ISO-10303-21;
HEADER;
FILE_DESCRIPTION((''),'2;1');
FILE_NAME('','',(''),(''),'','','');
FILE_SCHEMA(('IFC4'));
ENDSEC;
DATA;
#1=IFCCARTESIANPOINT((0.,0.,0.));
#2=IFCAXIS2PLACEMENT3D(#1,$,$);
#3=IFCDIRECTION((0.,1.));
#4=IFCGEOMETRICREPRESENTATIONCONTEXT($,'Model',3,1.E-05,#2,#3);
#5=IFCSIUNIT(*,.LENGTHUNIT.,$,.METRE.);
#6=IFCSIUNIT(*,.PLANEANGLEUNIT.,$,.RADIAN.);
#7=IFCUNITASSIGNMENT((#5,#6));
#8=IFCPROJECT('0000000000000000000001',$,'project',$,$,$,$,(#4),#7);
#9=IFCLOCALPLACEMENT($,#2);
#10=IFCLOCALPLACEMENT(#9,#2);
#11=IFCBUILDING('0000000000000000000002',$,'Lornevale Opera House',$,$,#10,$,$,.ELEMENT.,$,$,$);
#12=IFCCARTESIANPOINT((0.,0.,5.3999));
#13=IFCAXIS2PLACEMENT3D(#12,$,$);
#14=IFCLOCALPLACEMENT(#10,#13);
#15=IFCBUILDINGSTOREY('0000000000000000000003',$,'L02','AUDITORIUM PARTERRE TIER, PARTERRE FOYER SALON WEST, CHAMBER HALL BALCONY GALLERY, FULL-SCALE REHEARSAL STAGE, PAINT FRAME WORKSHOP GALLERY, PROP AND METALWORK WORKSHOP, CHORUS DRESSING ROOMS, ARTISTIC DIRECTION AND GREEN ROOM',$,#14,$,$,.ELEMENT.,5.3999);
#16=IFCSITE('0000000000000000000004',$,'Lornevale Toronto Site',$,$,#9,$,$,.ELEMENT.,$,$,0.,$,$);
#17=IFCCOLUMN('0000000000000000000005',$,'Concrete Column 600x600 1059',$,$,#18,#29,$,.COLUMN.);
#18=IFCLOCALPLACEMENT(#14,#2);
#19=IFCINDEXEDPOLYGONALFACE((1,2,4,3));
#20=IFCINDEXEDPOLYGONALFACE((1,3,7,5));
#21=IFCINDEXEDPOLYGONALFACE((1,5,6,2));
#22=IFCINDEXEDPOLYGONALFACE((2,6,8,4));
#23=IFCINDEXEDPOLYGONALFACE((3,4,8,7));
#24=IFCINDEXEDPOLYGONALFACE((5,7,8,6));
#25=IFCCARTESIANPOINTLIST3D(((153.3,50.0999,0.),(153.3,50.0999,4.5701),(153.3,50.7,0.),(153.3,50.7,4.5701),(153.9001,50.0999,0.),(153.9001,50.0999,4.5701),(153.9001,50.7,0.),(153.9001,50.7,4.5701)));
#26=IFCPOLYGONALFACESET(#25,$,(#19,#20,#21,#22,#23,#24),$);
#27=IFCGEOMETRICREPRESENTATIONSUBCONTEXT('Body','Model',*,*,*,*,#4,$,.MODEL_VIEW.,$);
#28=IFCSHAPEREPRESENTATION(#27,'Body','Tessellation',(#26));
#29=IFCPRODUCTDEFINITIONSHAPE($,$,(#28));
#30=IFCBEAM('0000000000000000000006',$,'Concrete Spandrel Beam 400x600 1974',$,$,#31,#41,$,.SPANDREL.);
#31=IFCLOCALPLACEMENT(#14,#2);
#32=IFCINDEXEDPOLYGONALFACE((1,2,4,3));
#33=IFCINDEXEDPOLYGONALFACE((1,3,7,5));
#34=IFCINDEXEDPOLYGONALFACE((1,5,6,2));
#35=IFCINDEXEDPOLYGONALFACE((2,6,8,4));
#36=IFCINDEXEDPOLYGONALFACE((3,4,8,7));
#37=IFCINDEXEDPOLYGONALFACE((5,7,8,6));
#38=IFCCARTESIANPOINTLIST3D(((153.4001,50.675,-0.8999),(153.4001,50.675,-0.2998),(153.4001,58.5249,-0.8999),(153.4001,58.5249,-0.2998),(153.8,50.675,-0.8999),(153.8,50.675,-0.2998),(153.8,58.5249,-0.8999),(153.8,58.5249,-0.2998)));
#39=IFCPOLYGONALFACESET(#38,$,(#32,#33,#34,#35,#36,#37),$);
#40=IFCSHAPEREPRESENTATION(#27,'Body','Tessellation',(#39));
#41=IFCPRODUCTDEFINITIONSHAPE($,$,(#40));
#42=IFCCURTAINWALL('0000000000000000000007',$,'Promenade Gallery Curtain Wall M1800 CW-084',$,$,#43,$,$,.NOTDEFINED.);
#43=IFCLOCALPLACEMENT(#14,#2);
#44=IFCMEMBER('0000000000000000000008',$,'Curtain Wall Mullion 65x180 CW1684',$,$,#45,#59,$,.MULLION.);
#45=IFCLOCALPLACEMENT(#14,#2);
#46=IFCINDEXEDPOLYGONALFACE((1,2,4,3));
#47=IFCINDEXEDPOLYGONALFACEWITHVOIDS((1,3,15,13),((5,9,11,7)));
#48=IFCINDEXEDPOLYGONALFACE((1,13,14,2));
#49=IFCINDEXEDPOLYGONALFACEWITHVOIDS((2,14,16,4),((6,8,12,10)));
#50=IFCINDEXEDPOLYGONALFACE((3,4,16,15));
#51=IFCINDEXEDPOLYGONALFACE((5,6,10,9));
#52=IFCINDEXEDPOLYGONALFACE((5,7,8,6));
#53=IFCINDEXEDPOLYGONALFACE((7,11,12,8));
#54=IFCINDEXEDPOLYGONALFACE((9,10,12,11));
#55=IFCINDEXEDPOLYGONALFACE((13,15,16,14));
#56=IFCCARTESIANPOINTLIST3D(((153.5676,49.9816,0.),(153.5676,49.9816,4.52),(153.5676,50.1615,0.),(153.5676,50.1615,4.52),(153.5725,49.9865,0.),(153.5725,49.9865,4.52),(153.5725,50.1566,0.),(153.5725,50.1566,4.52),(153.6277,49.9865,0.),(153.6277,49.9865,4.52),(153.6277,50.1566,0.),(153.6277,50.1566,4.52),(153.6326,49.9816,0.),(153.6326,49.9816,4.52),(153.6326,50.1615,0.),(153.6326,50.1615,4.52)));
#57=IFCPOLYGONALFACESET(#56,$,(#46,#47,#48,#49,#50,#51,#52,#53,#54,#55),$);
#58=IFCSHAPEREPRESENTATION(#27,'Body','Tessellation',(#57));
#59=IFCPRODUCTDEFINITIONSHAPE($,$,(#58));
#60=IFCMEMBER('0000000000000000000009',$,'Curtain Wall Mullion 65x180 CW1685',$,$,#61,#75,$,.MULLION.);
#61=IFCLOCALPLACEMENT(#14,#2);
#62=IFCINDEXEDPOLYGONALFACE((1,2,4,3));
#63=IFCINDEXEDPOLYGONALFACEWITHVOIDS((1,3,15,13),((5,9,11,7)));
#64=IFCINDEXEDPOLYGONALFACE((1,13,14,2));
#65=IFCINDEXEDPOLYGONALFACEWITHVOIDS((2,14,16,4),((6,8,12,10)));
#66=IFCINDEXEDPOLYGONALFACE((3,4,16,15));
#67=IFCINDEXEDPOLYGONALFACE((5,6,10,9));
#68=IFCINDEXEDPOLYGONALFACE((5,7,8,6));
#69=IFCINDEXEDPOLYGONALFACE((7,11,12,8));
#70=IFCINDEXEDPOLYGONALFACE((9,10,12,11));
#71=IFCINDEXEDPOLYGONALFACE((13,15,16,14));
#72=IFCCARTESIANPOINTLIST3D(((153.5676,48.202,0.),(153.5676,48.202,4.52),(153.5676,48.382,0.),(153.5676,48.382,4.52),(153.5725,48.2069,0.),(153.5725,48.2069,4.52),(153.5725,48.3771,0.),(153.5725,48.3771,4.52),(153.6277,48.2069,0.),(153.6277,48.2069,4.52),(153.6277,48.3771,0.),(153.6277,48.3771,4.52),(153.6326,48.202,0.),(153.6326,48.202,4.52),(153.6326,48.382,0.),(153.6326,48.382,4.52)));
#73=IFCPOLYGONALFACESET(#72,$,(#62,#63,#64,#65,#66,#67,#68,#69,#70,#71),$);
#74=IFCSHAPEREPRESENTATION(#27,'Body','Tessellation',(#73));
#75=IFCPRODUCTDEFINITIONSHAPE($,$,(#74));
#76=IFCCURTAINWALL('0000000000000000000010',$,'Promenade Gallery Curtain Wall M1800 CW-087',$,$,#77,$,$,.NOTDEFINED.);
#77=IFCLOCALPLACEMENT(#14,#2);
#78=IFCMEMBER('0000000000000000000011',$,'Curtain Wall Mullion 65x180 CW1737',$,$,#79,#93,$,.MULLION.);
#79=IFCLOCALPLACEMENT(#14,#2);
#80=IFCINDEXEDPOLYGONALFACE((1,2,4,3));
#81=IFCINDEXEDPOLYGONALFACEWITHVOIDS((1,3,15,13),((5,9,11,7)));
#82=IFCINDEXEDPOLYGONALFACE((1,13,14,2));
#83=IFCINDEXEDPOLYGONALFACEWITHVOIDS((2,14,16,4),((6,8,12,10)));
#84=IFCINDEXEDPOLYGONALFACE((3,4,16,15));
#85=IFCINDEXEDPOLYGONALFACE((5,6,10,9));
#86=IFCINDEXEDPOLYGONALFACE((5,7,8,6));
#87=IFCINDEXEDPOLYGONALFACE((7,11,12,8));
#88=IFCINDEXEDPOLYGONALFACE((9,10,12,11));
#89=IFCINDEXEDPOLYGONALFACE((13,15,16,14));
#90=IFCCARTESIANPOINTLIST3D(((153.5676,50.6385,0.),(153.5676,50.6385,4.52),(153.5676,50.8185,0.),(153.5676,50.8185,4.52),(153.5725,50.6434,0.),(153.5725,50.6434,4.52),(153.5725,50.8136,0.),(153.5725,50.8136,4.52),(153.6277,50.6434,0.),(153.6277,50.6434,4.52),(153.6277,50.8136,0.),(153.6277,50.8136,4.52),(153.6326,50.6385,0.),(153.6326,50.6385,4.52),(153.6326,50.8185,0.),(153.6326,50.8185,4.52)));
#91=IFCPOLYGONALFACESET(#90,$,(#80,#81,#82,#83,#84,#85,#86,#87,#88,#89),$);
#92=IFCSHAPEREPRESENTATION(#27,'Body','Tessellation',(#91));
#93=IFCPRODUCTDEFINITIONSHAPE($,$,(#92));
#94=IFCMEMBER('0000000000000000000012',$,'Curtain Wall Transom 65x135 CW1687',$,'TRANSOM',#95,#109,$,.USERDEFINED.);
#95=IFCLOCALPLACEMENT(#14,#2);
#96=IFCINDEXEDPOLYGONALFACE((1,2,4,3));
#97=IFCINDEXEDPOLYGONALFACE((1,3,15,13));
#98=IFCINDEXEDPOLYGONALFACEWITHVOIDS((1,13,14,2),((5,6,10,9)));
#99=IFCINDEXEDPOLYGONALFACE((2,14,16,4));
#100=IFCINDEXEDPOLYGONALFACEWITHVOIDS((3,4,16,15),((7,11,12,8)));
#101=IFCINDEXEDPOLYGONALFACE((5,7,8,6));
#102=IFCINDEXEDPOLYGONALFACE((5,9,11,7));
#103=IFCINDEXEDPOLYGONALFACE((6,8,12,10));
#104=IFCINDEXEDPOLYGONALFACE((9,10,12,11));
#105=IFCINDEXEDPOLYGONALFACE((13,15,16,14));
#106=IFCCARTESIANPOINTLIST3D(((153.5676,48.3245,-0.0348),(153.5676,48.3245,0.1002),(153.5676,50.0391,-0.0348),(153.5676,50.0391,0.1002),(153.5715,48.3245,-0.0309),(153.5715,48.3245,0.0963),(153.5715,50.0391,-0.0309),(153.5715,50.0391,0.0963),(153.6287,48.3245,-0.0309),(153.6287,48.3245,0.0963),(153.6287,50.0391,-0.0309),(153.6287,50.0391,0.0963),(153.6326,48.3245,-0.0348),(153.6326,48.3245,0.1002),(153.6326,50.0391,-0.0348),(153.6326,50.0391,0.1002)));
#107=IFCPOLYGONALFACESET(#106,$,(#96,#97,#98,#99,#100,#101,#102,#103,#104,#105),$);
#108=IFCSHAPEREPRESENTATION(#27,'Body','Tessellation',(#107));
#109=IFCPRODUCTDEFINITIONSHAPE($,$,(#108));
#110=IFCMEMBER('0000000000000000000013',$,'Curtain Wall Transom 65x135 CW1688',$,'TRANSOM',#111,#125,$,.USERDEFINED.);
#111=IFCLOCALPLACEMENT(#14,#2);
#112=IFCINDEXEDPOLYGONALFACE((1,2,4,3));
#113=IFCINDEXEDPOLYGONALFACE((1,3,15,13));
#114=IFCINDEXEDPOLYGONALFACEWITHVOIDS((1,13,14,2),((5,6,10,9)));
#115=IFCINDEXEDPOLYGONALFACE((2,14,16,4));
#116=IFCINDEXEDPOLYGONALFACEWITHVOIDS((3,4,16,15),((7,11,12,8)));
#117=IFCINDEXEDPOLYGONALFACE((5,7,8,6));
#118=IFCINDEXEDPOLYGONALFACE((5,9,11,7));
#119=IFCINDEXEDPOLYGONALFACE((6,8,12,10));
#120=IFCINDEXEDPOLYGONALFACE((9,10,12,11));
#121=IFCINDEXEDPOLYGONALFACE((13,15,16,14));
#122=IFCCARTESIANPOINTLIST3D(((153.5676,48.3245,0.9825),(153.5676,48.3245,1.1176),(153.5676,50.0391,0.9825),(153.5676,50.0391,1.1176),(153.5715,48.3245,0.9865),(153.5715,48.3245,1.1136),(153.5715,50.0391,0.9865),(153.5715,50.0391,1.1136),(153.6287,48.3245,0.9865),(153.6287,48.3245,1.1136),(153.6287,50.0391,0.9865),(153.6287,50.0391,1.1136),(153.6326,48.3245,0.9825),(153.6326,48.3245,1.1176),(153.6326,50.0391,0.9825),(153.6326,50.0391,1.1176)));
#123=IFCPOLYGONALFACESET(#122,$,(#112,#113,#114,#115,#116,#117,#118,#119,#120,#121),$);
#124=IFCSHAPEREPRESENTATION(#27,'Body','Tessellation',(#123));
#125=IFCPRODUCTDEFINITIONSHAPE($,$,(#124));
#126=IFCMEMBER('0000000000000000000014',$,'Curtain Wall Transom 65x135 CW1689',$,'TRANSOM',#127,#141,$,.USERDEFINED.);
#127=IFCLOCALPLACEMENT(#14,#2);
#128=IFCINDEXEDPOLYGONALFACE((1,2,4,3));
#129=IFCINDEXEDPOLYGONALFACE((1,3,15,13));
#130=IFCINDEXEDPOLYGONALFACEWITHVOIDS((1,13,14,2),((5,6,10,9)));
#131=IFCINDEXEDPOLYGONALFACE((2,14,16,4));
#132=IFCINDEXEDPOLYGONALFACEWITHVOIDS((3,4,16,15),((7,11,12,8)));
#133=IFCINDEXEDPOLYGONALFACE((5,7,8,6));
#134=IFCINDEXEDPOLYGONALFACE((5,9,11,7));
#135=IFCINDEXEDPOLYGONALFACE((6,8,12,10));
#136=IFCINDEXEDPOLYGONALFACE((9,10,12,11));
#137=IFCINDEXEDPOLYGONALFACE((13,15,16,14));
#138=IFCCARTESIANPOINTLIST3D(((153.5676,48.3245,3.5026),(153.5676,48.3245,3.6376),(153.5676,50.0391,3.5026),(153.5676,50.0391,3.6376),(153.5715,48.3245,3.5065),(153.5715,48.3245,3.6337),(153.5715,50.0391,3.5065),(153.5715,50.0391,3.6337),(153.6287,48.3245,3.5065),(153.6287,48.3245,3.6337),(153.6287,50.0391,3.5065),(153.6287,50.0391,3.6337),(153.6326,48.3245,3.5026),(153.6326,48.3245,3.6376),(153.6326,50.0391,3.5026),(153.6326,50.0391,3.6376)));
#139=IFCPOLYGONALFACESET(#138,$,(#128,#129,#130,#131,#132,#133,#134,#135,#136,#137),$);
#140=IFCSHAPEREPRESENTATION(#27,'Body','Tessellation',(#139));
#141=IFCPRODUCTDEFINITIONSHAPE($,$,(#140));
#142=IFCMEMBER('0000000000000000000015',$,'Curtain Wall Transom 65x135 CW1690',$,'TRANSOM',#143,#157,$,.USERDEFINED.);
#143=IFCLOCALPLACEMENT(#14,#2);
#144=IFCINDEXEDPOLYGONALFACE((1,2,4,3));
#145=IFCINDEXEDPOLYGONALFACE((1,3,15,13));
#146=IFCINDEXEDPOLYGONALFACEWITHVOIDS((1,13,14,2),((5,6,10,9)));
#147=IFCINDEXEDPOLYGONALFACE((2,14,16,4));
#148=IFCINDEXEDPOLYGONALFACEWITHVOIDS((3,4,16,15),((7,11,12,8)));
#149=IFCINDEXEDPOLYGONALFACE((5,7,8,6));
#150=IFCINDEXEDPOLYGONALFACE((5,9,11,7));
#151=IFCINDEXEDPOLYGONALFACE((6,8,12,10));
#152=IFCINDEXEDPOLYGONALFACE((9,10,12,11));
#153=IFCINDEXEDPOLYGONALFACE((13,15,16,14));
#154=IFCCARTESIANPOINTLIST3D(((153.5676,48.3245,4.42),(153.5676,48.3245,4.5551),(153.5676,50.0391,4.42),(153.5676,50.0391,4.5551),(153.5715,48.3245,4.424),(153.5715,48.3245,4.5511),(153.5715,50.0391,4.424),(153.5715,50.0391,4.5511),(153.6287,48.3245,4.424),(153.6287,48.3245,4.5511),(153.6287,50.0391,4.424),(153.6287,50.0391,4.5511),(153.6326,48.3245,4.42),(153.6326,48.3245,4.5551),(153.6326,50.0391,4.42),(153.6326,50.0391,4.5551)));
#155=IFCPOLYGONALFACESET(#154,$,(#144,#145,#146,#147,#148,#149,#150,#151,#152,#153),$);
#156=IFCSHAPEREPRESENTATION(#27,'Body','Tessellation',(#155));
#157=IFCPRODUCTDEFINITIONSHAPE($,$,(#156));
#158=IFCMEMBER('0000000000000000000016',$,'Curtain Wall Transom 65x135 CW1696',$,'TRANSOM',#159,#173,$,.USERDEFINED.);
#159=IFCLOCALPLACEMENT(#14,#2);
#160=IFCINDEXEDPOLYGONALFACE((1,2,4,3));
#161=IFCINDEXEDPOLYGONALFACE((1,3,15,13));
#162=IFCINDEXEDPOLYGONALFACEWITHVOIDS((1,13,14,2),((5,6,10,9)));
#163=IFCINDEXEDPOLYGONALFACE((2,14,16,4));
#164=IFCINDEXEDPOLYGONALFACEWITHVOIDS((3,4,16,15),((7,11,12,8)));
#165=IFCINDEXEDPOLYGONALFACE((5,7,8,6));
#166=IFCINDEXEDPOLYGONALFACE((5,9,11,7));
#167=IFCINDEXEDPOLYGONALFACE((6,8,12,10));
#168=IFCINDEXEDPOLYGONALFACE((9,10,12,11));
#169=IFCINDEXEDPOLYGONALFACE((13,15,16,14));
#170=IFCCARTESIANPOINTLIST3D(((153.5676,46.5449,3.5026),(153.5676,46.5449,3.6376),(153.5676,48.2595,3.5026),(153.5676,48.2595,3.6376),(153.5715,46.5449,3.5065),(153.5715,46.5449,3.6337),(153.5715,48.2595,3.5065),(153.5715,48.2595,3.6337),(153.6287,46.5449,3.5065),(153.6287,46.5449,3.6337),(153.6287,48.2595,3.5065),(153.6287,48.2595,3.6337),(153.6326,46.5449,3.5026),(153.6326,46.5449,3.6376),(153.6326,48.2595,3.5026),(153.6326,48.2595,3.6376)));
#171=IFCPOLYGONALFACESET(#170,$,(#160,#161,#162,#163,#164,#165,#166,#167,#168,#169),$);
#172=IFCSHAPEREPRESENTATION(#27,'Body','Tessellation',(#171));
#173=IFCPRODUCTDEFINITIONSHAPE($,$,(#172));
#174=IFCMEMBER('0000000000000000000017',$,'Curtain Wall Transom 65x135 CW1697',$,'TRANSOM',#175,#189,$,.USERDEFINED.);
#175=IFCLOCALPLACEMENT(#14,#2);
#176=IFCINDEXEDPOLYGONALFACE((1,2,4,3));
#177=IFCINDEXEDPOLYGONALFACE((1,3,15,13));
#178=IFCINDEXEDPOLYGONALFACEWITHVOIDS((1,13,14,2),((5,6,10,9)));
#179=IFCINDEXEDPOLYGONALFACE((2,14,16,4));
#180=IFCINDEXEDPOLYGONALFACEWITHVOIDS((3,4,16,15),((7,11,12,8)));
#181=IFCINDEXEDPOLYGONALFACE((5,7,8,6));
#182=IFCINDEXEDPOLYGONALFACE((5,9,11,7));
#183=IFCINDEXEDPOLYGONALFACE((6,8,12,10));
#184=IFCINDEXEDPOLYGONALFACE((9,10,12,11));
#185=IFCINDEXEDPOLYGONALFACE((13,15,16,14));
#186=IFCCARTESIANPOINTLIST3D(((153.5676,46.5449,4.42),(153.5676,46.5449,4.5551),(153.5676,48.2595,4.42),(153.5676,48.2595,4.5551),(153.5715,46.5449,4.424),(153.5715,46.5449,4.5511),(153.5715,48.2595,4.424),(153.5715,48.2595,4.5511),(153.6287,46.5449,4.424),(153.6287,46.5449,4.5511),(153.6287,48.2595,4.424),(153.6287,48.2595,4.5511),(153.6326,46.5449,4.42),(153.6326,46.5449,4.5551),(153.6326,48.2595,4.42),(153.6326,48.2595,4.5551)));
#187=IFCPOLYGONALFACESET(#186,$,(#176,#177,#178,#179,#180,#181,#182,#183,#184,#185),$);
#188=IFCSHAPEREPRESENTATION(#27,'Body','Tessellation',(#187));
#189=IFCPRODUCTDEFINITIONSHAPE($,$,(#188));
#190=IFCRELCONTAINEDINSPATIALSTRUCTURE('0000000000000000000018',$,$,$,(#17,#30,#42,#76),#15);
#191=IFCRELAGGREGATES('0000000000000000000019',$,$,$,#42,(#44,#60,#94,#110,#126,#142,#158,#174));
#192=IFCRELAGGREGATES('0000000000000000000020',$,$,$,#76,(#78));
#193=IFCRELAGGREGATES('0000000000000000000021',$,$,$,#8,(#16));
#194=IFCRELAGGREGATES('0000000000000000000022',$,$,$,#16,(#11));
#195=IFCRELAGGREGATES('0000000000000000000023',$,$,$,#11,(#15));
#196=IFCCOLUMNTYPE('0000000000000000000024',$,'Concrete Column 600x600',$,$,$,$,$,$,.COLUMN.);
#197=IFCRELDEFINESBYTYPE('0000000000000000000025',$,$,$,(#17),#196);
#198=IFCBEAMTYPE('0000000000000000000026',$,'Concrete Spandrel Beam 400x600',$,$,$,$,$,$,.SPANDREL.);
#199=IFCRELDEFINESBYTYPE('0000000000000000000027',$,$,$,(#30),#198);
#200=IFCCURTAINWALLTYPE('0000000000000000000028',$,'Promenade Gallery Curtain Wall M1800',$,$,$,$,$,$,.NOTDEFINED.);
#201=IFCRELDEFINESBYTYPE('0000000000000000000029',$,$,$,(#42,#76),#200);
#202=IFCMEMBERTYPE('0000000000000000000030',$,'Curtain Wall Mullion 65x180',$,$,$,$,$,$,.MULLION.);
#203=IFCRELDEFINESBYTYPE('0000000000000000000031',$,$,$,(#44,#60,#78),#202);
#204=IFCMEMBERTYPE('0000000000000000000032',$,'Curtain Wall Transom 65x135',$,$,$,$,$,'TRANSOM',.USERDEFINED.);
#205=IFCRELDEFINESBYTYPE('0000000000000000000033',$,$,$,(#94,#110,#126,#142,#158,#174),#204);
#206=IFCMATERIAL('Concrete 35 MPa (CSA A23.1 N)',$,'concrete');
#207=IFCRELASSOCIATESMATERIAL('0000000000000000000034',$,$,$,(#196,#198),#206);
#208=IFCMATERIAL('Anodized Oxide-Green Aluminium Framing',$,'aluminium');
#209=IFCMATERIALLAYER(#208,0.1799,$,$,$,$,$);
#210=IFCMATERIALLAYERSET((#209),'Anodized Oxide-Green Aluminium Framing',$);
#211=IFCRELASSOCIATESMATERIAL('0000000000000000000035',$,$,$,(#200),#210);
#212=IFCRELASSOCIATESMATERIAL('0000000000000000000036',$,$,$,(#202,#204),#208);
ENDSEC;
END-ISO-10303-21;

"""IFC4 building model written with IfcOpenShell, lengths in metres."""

from ifc_helpers import new_model, si_unit, direction, frame, origin, origin_2d, place, context, subcontext, project, spatial, rectangle, hollow_rectangle, extrude, material, layer, layer_set, material_profile, profile_set, type_object, element, aggregate, save


model = new_model("IFC4")

# Units and contexts
model_context = context("Model", 3, precision=1e-05, world=origin(), true_north=direction((0.0, 1.0)))
body_context = subcontext(model_context, "Body", "Model", "MODEL_VIEW")
ifc_project = project(units=[si_unit("LENGTHUNIT", "METRE"), si_unit("PLANEANGLEUNIT", "RADIAN")], contexts=[model_context])

# Site, building, storey
site_placement = place(None, origin())
site = spatial("IfcSite", under=ifc_project, at=site_placement, Name="Lornevale Toronto Site", CompositionType="ELEMENT", RefElevation=0.0)
building_placement = place(site_placement, origin())
building = spatial("IfcBuilding", under=site, at=building_placement, Name="Lornevale Opera House", CompositionType="ELEMENT")
storey_placement = place(building_placement, frame((0.0, 0.0, 5.3999)))
storey = spatial("IfcBuildingStorey", under=building, at=storey_placement, Name="L02", Description="AUDITORIUM PARTERRE TIER, PARTERRE FOYER SALON WEST, CHAMBER HALL BALCONY GALLERY, FULL-SCALE REHEARSAL STAGE, PAINT FRAME WORKSHOP GALLERY, PROP AND METALWORK WORKSHOP, CHORUS DRESSING ROOMS, ARTISTIC DIRECTION AND GREEN ROOM", CompositionType="ELEMENT", Elevation=5.3999)

# Column
ifc_material_1 = material(Name="Concrete 35 MPa (CSA A23.1 N)", Category="concrete")
ifc_material_profile_1 = material_profile(ifc_material_1, rectangle(XDim=0.6001, YDim=0.6001, at=origin_2d()), Name="RC600x600")
ifc_profile_set_1 = profile_set([ifc_material_profile_1], Name="Concrete 35 MPa (CSA A23.1 N)")
column_type = type_object("IfcColumnType", Name="Concrete Column 600x600", PredefinedType="COLUMN", material=ifc_profile_set_1)
column_placement = place(storey_placement, frame((153.6001, 50.3999, 0.0), z_axis=(0.0, 0.0, 1.0), x_axis=(1.0, 0.0, 0.0)))
element("IfcColumn", 1, at=column_placement, inside=storey, type_object=column_type, Name="Concrete Column 600x600 1059", PredefinedType="COLUMN", context=body_context, shape_type="SweptSolid", body=[
    extrude(rectangle(XDim=0.6001, YDim=0.6001, at=origin_2d()), origin(), (0.0, 0.0, 1.0), 4.5701),
])

# Beam
ifc_material_profile_2 = material_profile(ifc_material_1, rectangle(XDim=0.3999, YDim=0.6001, at=origin_2d()), Name="RC400x600")
ifc_profile_set_2 = profile_set([ifc_material_profile_2], Name="Concrete 35 MPa (CSA A23.1 N)")
beam_type = type_object("IfcBeamType", Name="Concrete Spandrel Beam 400x600", PredefinedType="SPANDREL", material=ifc_profile_set_2)
beam_placement = place(storey_placement, frame((153.6001, 50.675, -0.5999), z_axis=(0.0, 1.0, 0.0), x_axis=(-1.0, 0.0, 0.0)))
element("IfcBeam", 2, at=beam_placement, inside=storey, type_object=beam_type, Name="Concrete Spandrel Beam 400x600 1974", PredefinedType="SPANDREL", context=body_context, shape_type="SweptSolid", body=[
    extrude(rectangle(XDim=0.3999, YDim=0.6001, at=origin_2d()), origin(), (0.0, 0.0, 1.0), 7.8499),
])

# Curtain wall, members
ifc_material_2 = material(Name="Anodized Oxide-Green Aluminium Framing", Category="aluminium")
ifc_layer_1 = layer(ifc_material_2, 0.1799)
ifc_layer_set_1 = layer_set([ifc_layer_1], Name="Anodized Oxide-Green Aluminium Framing")
curtain_wall_type = type_object("IfcCurtainWallType", Name="Promenade Gallery Curtain Wall M1800", PredefinedType="NOTDEFINED", material=ifc_layer_set_1)
curtain_wall_1_placement = place(storey_placement, origin())
curtain_wall_1 = element("IfcCurtainWall", 3, at=curtain_wall_1_placement, inside=storey, type_object=curtain_wall_type, Name="Promenade Gallery Curtain Wall M1800 CW-084", PredefinedType="NOTDEFINED")
ifc_material_profile_3 = material_profile(ifc_material_2, hollow_rectangle(XDim=0.0649, YDim=0.1799, WallThickness=0.0049, at=origin_2d()), Name="ALU65x180x5")
ifc_profile_set_3 = profile_set([ifc_material_profile_3], Name="Anodized Oxide-Green Aluminium Framing")
member_type_1 = type_object("IfcMemberType", Name="Curtain Wall Mullion 65x180", PredefinedType="MULLION", material=ifc_profile_set_3)
member_1_placement = place(storey_placement, frame((153.6001, 50.0715, 0.0), z_axis=(0.0, 0.0, 1.0), x_axis=(1.0, 0.0, 0.0)))
member_1 = element("IfcMember", 4, at=member_1_placement, type_object=member_type_1, Name="Curtain Wall Mullion 65x180 CW1684", PredefinedType="MULLION", context=body_context, shape_type="SweptSolid", body=[
    extrude(hollow_rectangle(XDim=0.0649, YDim=0.1799, WallThickness=0.0049, at=origin_2d()), origin(), (0.0, 0.0, 1.0), 4.52),
])
member_2_placement = place(storey_placement, frame((153.6001, 48.292, 0.0), z_axis=(0.0, 0.0, 1.0), x_axis=(1.0, 0.0, 0.0)))
member_2 = element("IfcMember", 5, at=member_2_placement, type_object=member_type_1, Name="Curtain Wall Mullion 65x180 CW1685", PredefinedType="MULLION", context=body_context, shape_type="SweptSolid", body=[
    extrude(hollow_rectangle(XDim=0.0649, YDim=0.1799, WallThickness=0.0049, at=origin_2d()), origin(), (0.0, 0.0, 1.0), 4.52),
])

# Curtain wall, member
curtain_wall_2_placement = place(storey_placement, origin())
curtain_wall_2 = element("IfcCurtainWall", 6, at=curtain_wall_2_placement, inside=storey, type_object=curtain_wall_type, Name="Promenade Gallery Curtain Wall M1800 CW-087", PredefinedType="NOTDEFINED")
member_3_placement = place(storey_placement, frame((153.6001, 50.7285, 0.0), z_axis=(0.0, 0.0, 1.0), x_axis=(1.0, 0.0, 0.0)))
member_3 = element("IfcMember", 7, at=member_3_placement, type_object=member_type_1, Name="Curtain Wall Mullion 65x180 CW1737", PredefinedType="MULLION", context=body_context, shape_type="SweptSolid", body=[
    extrude(hollow_rectangle(XDim=0.0649, YDim=0.1799, WallThickness=0.0049, at=origin_2d()), origin(), (0.0, 0.0, 1.0), 4.52),
])

# Members
ifc_material_profile_4 = material_profile(ifc_material_2, hollow_rectangle(XDim=0.0649, YDim=0.135, WallThickness=0.0039, at=origin_2d()), Name="ALU65x135x4")
ifc_profile_set_4 = profile_set([ifc_material_profile_4], Name="Anodized Oxide-Green Aluminium Framing")
member_type_2 = type_object("IfcMemberType", Name="Curtain Wall Transom 65x135", ElementType="TRANSOM", PredefinedType="USERDEFINED", material=ifc_profile_set_4)
member_4_placement = place(storey_placement, frame((153.6001, 50.0391, 0.0327), z_axis=(0.0, -1.0, 0.0), x_axis=(1.0, 0.0, 0.0)))
member_4 = element("IfcMember", 8, at=member_4_placement, type_object=member_type_2, Name="Curtain Wall Transom 65x135 CW1687", ObjectType="TRANSOM", PredefinedType="USERDEFINED", context=body_context, shape_type="SweptSolid", body=[
    extrude(hollow_rectangle(XDim=0.0649, YDim=0.135, WallThickness=0.0039, at=origin_2d()), origin(), (0.0, 0.0, 1.0), 1.7146),
])
member_5_placement = place(storey_placement, frame((153.6001, 50.0391, 1.05), z_axis=(0.0, -1.0, 0.0), x_axis=(1.0, 0.0, 0.0)))
member_5 = element("IfcMember", 9, at=member_5_placement, type_object=member_type_2, Name="Curtain Wall Transom 65x135 CW1688", ObjectType="TRANSOM", PredefinedType="USERDEFINED", context=body_context, shape_type="SweptSolid", body=[
    extrude(hollow_rectangle(XDim=0.0649, YDim=0.135, WallThickness=0.0039, at=origin_2d()), origin(), (0.0, 0.0, 1.0), 1.7146),
])
member_6_placement = place(storey_placement, frame((153.6001, 50.0391, 3.5701), z_axis=(0.0, -1.0, 0.0), x_axis=(1.0, 0.0, 0.0)))
member_6 = element("IfcMember", 10, at=member_6_placement, type_object=member_type_2, Name="Curtain Wall Transom 65x135 CW1689", ObjectType="TRANSOM", PredefinedType="USERDEFINED", context=body_context, shape_type="SweptSolid", body=[
    extrude(hollow_rectangle(XDim=0.0649, YDim=0.135, WallThickness=0.0039, at=origin_2d()), origin(), (0.0, 0.0, 1.0), 1.7146),
])
member_7_placement = place(storey_placement, frame((153.6001, 50.0391, 4.4875), z_axis=(0.0, -1.0, 0.0), x_axis=(1.0, 0.0, 0.0)))
member_7 = element("IfcMember", 11, at=member_7_placement, type_object=member_type_2, Name="Curtain Wall Transom 65x135 CW1690", ObjectType="TRANSOM", PredefinedType="USERDEFINED", context=body_context, shape_type="SweptSolid", body=[
    extrude(hollow_rectangle(XDim=0.0649, YDim=0.135, WallThickness=0.0039, at=origin_2d()), origin(), (0.0, 0.0, 1.0), 1.7146),
])
member_8_placement = place(storey_placement, frame((153.6001, 48.2595, 3.5701), z_axis=(0.0, -1.0, 0.0), x_axis=(1.0, 0.0, 0.0)))
member_8 = element("IfcMember", 12, at=member_8_placement, type_object=member_type_2, Name="Curtain Wall Transom 65x135 CW1696", ObjectType="TRANSOM", PredefinedType="USERDEFINED", context=body_context, shape_type="SweptSolid", body=[
    extrude(hollow_rectangle(XDim=0.0649, YDim=0.135, WallThickness=0.0039, at=origin_2d()), origin(), (0.0, 0.0, 1.0), 1.7146),
])
member_9_placement = place(storey_placement, frame((153.6001, 48.2595, 4.4875), z_axis=(0.0, -1.0, 0.0), x_axis=(1.0, 0.0, 0.0)))
member_9 = element("IfcMember", 13, at=member_9_placement, type_object=member_type_2, Name="Curtain Wall Transom 65x135 CW1697", ObjectType="TRANSOM", PredefinedType="USERDEFINED", context=body_context, shape_type="SweptSolid", body=[
    extrude(hollow_rectangle(XDim=0.0649, YDim=0.135, WallThickness=0.0039, at=origin_2d()), origin(), (0.0, 0.0, 1.0), 1.7146),
])

aggregate(curtain_wall_1, [member_1, member_2, member_4, member_5, member_6, member_7, member_8, member_9])
aggregate(curtain_wall_2, [member_3])

save(model, "model.ifc")
